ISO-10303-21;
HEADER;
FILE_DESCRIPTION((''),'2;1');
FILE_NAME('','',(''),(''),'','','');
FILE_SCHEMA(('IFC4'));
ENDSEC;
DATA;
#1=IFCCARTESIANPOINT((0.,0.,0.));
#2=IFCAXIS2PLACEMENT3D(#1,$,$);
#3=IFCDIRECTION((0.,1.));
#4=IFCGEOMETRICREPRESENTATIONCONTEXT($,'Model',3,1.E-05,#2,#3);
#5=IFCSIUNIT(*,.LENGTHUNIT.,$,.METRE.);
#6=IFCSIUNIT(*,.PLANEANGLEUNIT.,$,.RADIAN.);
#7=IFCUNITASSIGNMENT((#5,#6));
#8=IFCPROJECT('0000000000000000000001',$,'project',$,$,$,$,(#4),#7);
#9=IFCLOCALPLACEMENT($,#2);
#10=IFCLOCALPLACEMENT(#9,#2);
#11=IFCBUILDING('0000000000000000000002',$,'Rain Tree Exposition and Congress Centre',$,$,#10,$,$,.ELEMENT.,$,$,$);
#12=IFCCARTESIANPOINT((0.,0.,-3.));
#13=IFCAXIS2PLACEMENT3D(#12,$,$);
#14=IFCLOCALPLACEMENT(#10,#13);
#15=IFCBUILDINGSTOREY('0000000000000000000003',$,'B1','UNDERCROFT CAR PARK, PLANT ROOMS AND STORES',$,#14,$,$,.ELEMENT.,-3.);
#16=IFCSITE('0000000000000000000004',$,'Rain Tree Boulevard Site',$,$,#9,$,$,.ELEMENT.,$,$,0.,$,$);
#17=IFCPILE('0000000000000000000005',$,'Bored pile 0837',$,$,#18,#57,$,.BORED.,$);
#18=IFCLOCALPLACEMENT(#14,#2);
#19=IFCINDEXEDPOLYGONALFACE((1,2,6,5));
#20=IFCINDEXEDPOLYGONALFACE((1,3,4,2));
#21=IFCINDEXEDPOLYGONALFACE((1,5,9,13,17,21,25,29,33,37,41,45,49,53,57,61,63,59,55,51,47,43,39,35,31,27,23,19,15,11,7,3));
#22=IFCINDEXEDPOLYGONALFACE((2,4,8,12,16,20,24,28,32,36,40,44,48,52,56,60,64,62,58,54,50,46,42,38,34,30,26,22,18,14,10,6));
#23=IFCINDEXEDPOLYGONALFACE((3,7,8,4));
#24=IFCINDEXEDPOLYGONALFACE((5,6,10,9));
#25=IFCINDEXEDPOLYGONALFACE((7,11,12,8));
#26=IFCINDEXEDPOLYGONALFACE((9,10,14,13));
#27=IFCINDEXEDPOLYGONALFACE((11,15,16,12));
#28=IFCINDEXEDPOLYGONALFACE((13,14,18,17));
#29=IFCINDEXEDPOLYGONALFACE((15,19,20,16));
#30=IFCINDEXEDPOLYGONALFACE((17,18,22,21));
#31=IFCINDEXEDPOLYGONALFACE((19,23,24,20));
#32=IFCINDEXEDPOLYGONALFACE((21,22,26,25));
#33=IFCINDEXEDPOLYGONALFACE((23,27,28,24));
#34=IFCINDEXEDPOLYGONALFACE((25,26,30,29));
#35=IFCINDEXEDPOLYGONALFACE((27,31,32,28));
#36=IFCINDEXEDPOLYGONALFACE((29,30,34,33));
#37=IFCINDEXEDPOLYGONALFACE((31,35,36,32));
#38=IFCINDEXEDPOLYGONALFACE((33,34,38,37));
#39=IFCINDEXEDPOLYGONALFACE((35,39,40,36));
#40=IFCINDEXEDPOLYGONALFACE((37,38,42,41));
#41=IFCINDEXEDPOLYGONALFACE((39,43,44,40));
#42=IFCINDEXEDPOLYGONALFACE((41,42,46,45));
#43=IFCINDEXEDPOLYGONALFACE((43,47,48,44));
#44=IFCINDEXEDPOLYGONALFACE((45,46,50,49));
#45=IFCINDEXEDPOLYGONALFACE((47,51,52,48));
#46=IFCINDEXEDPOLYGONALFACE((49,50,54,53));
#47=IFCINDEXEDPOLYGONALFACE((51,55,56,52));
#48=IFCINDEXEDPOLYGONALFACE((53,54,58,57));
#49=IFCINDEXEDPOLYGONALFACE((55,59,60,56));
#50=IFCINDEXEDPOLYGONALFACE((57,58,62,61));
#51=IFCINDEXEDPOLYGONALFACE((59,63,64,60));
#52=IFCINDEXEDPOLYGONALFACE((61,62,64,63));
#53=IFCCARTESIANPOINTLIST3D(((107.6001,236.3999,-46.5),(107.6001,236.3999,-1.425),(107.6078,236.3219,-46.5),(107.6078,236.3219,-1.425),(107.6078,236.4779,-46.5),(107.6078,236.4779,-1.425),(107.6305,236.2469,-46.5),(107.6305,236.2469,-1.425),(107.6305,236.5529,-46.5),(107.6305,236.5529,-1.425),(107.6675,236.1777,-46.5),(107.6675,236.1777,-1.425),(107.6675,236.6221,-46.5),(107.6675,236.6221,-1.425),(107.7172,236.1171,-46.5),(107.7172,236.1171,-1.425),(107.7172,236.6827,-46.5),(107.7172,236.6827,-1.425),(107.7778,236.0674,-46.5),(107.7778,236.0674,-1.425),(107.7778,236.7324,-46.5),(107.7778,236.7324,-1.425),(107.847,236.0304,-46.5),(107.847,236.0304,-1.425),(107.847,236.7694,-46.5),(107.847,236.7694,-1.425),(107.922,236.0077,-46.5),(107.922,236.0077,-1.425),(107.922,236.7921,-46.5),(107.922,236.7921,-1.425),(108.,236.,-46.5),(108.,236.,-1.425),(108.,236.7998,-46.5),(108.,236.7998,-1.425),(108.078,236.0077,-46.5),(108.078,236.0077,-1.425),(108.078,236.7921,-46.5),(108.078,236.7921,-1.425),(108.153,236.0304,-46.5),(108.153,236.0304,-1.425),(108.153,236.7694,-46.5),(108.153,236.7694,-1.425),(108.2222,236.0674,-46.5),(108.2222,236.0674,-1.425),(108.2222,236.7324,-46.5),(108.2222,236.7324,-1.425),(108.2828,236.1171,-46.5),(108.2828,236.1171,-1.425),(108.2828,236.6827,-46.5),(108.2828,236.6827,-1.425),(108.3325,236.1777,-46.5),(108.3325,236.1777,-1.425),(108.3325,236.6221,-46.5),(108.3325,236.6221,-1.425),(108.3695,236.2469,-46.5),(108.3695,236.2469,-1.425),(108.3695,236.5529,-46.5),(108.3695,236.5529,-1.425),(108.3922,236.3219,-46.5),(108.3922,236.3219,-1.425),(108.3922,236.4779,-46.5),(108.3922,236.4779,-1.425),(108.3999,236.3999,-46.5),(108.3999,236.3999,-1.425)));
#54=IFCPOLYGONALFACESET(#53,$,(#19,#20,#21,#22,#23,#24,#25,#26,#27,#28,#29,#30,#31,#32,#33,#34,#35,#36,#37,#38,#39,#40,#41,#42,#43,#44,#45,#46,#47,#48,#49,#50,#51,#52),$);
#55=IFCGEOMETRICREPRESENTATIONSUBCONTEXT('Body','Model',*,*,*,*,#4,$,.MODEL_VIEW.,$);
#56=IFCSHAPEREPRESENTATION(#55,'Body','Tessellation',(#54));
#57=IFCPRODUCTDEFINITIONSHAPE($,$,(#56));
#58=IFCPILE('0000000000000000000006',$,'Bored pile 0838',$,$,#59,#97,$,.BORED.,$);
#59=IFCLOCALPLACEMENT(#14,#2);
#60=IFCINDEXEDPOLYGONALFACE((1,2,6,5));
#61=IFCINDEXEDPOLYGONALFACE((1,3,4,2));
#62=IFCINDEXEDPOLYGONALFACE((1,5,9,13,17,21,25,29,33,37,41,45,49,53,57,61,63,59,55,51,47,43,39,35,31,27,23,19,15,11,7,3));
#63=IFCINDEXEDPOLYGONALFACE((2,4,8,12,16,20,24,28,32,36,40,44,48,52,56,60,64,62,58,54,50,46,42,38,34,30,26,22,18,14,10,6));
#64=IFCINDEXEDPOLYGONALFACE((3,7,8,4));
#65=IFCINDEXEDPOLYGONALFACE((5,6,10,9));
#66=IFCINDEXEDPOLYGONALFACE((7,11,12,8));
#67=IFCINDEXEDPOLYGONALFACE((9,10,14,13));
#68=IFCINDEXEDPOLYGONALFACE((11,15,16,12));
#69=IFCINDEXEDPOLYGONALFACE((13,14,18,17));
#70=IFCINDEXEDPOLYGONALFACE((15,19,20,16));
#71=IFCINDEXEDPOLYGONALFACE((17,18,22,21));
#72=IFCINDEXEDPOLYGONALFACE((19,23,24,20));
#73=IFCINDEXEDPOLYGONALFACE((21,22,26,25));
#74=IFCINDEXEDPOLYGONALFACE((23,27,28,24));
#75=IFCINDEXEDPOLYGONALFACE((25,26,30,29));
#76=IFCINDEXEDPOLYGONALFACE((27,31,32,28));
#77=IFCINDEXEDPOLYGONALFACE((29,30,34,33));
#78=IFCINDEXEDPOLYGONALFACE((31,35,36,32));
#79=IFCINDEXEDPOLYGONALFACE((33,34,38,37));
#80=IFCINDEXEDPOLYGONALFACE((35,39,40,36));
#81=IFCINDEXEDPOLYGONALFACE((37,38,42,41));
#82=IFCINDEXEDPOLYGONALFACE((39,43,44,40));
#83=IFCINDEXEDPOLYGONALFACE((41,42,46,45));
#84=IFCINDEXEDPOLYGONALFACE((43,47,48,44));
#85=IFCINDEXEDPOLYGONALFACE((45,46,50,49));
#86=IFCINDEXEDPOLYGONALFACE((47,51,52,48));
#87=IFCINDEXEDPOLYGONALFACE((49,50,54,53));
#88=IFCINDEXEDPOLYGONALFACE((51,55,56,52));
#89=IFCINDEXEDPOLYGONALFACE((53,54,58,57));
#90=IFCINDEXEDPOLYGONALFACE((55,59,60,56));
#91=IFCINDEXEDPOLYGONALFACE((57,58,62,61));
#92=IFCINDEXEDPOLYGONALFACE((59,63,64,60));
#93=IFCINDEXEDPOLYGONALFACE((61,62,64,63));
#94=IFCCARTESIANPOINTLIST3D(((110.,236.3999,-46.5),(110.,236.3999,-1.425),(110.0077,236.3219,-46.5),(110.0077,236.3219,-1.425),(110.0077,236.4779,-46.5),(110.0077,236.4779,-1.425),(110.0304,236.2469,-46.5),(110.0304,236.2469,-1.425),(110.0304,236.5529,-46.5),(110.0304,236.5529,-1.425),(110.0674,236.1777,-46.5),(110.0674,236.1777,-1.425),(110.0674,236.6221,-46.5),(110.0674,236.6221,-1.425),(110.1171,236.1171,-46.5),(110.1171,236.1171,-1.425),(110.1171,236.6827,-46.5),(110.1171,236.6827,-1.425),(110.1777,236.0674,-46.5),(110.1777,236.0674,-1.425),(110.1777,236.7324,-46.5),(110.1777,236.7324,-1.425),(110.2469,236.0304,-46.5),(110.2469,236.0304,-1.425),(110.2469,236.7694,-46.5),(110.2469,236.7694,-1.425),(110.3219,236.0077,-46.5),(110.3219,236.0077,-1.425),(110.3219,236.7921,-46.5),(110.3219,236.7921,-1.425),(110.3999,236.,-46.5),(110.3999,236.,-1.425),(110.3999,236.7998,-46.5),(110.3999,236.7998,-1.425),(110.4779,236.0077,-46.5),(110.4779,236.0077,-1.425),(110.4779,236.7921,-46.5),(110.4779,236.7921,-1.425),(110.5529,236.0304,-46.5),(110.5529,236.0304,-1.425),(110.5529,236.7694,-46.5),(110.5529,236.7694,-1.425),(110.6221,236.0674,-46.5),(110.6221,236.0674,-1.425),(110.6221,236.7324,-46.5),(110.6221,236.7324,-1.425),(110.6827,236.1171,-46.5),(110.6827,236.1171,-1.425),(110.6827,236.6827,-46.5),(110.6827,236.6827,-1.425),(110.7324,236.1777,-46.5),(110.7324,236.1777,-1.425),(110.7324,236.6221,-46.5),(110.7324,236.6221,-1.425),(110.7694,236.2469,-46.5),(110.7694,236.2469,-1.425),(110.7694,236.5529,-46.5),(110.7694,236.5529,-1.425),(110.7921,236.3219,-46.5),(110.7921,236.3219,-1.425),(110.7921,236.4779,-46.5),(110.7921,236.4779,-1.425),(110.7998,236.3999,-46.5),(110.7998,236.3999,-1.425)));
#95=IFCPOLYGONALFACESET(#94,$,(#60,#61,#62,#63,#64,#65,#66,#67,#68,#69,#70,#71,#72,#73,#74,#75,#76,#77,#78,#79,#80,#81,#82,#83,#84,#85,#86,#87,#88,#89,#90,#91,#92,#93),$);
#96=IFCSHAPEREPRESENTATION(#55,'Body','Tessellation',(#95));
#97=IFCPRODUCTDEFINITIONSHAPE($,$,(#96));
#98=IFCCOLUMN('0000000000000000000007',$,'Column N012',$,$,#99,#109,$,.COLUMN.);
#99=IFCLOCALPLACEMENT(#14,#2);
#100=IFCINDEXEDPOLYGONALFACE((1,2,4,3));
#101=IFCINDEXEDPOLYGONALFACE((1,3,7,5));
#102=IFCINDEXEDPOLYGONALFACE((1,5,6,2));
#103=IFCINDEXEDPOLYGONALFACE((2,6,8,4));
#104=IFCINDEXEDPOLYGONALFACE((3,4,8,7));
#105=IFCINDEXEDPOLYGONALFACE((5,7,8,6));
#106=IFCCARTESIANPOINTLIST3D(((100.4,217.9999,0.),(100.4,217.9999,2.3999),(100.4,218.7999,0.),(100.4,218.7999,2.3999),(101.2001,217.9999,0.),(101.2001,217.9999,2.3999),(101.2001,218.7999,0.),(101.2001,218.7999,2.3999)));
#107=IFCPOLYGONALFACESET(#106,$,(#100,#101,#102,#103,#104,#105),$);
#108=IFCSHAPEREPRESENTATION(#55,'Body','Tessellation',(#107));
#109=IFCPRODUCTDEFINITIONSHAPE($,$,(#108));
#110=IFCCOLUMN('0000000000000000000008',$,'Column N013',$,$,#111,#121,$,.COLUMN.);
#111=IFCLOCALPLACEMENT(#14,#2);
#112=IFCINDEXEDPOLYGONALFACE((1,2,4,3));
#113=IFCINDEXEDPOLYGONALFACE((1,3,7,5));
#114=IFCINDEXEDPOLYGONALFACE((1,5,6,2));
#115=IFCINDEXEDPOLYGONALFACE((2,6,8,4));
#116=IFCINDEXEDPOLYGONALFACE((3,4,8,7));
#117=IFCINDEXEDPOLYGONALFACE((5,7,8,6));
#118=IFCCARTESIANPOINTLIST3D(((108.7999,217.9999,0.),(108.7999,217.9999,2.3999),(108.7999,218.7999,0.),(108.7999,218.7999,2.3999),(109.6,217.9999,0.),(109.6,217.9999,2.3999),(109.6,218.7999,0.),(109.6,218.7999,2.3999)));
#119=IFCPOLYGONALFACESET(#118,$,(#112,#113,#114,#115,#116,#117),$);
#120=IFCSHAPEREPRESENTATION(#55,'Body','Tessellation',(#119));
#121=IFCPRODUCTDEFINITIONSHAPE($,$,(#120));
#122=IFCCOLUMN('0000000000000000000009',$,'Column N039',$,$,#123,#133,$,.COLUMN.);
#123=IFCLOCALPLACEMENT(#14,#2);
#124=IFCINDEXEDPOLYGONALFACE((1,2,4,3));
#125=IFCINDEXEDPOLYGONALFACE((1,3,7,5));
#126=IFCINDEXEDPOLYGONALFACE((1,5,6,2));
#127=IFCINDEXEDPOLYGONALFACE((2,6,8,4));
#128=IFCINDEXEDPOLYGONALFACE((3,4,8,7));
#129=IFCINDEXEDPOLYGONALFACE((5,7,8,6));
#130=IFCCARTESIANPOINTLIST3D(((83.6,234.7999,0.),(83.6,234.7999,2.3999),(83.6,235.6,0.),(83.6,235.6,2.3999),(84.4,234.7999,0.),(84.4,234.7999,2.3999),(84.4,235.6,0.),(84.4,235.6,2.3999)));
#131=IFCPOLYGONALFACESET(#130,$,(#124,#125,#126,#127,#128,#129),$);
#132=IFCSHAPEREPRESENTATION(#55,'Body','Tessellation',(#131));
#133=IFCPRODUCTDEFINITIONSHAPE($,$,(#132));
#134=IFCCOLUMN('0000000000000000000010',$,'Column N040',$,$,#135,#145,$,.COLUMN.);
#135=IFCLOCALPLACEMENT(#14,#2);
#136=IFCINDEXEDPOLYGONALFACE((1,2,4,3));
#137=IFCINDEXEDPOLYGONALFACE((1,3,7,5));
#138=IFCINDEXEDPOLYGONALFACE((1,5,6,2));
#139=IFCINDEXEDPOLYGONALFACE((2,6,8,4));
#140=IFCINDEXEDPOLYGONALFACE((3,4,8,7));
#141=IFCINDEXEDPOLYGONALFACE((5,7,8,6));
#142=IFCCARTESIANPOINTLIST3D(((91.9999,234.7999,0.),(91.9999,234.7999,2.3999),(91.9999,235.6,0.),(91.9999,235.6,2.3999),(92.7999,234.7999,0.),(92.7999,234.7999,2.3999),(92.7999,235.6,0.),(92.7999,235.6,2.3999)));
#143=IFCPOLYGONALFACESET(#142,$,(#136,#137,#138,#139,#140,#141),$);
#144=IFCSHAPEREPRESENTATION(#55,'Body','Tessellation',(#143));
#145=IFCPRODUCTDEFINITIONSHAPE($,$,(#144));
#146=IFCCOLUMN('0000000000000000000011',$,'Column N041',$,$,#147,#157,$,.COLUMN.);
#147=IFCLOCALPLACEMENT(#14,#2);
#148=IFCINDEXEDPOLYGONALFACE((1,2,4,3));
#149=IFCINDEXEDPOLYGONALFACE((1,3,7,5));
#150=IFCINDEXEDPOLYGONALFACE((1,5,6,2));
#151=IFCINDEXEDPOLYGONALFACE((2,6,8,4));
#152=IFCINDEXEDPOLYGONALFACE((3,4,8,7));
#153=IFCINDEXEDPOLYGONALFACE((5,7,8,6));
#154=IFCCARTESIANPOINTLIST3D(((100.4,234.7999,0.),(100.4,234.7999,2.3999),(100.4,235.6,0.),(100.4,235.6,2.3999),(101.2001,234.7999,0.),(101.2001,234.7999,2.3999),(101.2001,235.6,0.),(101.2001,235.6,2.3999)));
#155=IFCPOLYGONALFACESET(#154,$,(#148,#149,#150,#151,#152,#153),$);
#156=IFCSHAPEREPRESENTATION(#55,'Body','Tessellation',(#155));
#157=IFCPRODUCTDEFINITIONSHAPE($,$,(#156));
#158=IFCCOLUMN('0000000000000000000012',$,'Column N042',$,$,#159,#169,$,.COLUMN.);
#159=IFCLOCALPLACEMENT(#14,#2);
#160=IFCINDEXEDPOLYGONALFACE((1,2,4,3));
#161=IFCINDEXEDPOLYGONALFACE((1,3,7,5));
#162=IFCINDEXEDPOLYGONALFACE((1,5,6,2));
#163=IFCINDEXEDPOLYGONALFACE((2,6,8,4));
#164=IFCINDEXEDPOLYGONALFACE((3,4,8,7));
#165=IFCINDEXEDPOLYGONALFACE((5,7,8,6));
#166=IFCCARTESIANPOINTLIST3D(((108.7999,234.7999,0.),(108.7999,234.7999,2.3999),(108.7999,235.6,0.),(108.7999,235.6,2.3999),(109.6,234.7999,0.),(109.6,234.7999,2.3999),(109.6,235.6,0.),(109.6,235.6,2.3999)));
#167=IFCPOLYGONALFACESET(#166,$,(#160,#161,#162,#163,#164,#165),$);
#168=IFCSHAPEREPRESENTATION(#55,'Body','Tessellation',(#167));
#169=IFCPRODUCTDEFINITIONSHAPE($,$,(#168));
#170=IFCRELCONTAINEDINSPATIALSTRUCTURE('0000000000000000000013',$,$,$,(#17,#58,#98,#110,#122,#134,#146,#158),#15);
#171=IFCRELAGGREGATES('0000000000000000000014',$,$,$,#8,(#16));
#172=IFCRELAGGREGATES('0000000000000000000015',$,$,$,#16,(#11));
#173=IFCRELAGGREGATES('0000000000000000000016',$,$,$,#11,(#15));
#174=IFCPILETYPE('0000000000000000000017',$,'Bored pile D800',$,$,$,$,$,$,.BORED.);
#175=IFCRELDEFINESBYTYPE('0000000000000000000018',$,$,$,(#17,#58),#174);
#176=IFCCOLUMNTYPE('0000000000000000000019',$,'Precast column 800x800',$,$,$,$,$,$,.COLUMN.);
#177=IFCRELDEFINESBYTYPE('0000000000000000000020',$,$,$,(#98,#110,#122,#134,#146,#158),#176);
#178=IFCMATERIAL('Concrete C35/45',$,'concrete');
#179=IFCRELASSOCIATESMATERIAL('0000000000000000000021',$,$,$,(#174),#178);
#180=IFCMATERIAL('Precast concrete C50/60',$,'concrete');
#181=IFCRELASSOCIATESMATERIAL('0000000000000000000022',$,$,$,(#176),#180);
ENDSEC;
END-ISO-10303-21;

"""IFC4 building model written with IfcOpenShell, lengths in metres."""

from ifc_helpers import new_model, si_unit, direction, frame, origin, origin_2d, place, context, subcontext, project, spatial, rectangle, circle, extrude, material, material_profile, profile_set, type_object, element, save


model = new_model("IFC4")

# Units and contexts
model_context = context("Model", 3, precision=1e-05, world=origin(), true_north=direction((0.0, 1.0)))
body_context = subcontext(model_context, "Body", "Model", "MODEL_VIEW")
ifc_project = project(units=[si_unit("LENGTHUNIT", "METRE"), si_unit("PLANEANGLEUNIT", "RADIAN")], contexts=[model_context])

# Site, building, storey
site_placement = place(None, origin())
site = spatial("IfcSite", under=ifc_project, at=site_placement, Name="Rain Tree Boulevard Site", CompositionType="ELEMENT", RefElevation=0.0)
building_placement = place(site_placement, origin())
building = spatial("IfcBuilding", under=site, at=building_placement, Name="Rain Tree Exposition and Congress Centre", CompositionType="ELEMENT")
storey_placement = place(building_placement, frame((0.0, 0.0, -3.0)))
storey = spatial("IfcBuildingStorey", under=building, at=storey_placement, Name="B1", Description="UNDERCROFT CAR PARK, PLANT ROOMS AND STORES", CompositionType="ELEMENT", Elevation=-3.0)

# Piles
ifc_material_1 = material(Name="Concrete C35/45", Category="concrete")
ifc_material_profile_1 = material_profile(ifc_material_1, circle(Radius=0.3999, at=origin_2d()), Name="D800")
ifc_profile_set_1 = profile_set([ifc_material_profile_1], Name="Concrete C35/45")
pile_type = type_object("IfcPileType", Name="Bored pile D800", PredefinedType="BORED", material=ifc_profile_set_1)
for number, where, z_axis, x_axis, name in (
    (1, (108.0, 236.3999, -1.425), (0.0, 0.0, -1.0), (1.0, 0.0, 0.0), "Bored pile 0837"),
    (2, (110.3999, 236.3999, -1.425), (0.0, 0.0, -1.0), (1.0, 0.0, 0.0), "Bored pile 0838"),
):
    element("IfcPile", number, at=place(storey_placement, frame(where, z_axis=z_axis, x_axis=x_axis)), inside=storey, type_object=pile_type, Name=name, PredefinedType="BORED", context=body_context, shape_type="SweptSolid", body=[
        extrude(circle(Radius=0.3999, at=origin_2d()), origin(), (0.0, 0.0, 1.0), 45.075),
    ])

# Columns
ifc_material_2 = material(Name="Precast concrete C50/60", Category="concrete")
ifc_material_profile_2 = material_profile(ifc_material_2, rectangle(XDim=0.8, YDim=0.8, at=origin_2d()), Name="RC 800x800")
ifc_profile_set_2 = profile_set([ifc_material_profile_2], Name="Precast concrete C50/60")
column_type = type_object("IfcColumnType", Name="Precast column 800x800", PredefinedType="COLUMN", material=ifc_profile_set_2)
for number, where, z_axis, x_axis, name in (
    (3, (100.8, 218.3999, 0.0), (0.0, 0.0, 1.0), (1.0, 0.0, 0.0), "Column N012"),
    (4, (109.2, 218.3999, 0.0), (0.0, 0.0, 1.0), (1.0, 0.0, 0.0), "Column N013"),
    (5, (84.0, 235.2, 0.0), (0.0, 0.0, 1.0), (1.0, 0.0, 0.0), "Column N039"),
    (6, (92.3999, 235.2, 0.0), (0.0, 0.0, 1.0), (1.0, 0.0, 0.0), "Column N040"),
    (7, (100.8, 235.2, 0.0), (0.0, 0.0, 1.0), (1.0, 0.0, 0.0), "Column N041"),
    (8, (109.2, 235.2, 0.0), (0.0, 0.0, 1.0), (1.0, 0.0, 0.0), "Column N042"),
):
    element("IfcColumn", number, at=place(storey_placement, frame(where, z_axis=z_axis, x_axis=x_axis)), inside=storey, type_object=column_type, Name=name, PredefinedType="COLUMN", context=body_context, shape_type="SweptSolid", body=[
        extrude(rectangle(XDim=0.8, YDim=0.8, at=origin_2d()), origin(), (0.0, 0.0, 1.0), 2.3999),
    ])

save(model, "model.ifc")
